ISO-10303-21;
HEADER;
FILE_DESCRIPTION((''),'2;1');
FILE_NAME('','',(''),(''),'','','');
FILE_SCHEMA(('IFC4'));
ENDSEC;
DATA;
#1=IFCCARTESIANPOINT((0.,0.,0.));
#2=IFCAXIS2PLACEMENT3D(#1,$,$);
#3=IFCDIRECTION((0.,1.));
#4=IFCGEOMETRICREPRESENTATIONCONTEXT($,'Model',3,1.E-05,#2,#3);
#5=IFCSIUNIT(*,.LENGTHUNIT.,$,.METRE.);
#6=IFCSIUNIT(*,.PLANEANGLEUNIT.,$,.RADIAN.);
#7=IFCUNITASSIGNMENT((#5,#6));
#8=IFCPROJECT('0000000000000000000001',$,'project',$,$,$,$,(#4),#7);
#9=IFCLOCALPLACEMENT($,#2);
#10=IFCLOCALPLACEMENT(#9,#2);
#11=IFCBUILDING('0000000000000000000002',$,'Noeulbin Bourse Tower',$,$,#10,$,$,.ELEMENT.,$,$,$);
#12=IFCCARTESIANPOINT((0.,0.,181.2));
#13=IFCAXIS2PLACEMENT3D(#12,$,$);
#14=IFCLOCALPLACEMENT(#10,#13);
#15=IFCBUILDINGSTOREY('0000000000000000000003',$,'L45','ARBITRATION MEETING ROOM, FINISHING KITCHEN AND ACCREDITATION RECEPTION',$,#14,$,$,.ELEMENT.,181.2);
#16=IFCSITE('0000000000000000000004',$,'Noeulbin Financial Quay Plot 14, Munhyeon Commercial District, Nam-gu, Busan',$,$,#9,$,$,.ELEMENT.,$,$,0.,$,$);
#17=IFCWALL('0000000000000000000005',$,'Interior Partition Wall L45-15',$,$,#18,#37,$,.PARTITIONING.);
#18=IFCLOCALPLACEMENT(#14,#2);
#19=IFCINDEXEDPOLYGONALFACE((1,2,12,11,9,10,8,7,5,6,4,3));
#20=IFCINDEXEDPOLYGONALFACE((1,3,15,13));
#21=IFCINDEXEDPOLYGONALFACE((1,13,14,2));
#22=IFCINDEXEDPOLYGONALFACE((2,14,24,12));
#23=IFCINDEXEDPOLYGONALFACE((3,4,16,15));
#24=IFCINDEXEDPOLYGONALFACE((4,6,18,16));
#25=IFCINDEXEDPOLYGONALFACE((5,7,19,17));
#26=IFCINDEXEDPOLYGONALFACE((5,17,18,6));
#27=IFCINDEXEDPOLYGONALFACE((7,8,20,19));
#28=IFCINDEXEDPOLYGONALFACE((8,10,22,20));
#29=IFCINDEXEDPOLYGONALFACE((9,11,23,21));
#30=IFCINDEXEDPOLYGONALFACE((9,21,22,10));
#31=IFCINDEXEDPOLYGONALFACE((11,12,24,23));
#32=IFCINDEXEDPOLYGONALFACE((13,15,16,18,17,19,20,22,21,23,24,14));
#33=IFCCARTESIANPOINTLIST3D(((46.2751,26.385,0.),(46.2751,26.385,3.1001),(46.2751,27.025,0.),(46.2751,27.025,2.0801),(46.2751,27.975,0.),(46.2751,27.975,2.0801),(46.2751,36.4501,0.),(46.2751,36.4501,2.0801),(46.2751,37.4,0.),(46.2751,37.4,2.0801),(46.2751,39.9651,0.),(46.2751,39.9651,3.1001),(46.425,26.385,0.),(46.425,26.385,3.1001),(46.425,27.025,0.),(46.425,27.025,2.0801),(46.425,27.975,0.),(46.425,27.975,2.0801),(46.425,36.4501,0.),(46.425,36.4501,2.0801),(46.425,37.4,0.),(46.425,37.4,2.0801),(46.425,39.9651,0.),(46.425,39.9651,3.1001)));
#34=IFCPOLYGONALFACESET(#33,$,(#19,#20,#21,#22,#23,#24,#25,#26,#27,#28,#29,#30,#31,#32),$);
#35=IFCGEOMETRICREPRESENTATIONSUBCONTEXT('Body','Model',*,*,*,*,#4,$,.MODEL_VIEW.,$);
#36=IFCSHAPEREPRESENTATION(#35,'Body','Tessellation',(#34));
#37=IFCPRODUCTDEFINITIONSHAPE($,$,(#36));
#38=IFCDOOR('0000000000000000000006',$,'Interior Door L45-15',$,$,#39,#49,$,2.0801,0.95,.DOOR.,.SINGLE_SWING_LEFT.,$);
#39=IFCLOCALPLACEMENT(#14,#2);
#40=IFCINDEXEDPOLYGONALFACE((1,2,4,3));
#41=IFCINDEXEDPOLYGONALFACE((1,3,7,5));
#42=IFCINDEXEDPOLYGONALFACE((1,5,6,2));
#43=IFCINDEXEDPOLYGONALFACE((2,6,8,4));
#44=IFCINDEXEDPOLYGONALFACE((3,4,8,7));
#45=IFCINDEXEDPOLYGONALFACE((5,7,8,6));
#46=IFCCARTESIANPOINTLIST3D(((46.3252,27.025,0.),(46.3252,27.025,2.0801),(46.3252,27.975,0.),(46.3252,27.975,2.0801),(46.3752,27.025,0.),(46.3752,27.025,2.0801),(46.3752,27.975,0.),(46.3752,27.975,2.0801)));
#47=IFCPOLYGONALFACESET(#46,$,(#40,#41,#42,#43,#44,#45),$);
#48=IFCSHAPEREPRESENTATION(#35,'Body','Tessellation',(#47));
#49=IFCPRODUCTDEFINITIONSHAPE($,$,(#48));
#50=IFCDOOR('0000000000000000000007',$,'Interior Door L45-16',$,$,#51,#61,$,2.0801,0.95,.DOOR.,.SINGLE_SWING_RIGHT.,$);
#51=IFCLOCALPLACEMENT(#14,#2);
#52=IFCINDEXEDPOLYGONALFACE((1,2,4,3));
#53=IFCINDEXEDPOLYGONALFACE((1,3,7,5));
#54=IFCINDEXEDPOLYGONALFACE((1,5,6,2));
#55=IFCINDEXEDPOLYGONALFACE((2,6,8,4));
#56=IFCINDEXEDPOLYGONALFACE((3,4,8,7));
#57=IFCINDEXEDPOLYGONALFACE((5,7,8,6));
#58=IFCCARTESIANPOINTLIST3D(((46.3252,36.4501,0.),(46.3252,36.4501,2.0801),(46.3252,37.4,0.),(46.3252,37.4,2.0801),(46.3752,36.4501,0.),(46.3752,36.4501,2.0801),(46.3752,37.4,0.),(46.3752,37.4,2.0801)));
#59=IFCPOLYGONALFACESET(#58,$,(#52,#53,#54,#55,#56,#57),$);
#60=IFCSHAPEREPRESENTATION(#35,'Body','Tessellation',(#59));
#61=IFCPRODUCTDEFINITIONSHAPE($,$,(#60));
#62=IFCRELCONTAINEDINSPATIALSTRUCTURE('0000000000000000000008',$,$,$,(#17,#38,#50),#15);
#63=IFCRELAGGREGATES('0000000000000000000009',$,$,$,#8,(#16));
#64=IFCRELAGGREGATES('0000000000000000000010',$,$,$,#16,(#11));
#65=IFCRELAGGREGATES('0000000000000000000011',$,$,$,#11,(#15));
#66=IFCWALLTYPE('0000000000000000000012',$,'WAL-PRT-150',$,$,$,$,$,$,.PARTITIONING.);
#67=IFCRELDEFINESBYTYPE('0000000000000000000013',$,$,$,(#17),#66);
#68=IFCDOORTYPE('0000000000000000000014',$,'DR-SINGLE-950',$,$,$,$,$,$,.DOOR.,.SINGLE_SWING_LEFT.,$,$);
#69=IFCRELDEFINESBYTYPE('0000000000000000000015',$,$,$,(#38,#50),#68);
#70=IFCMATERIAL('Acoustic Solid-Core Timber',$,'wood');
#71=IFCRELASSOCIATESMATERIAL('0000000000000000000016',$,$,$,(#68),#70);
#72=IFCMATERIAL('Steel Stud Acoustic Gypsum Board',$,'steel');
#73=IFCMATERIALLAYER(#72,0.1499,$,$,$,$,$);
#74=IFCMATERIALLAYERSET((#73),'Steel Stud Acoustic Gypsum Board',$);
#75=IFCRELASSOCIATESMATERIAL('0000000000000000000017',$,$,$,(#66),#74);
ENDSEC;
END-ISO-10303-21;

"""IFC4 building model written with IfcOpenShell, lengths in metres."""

from ifc_helpers import new_model, si_unit, direction, frame, frame_2d, origin, place, context, subcontext, project, spatial, rectangle, extrude, material, layer, layer_set, type_object, element, fill, save


model = new_model("IFC4")

# Units and contexts
model_context = context("Model", 3, precision=1e-05, world=origin(), true_north=direction((0.0, 1.0)))
body_context = subcontext(model_context, "Body", "Model", "MODEL_VIEW")
ifc_project = project(units=[si_unit("LENGTHUNIT", "METRE"), si_unit("PLANEANGLEUNIT", "RADIAN")], contexts=[model_context])

# Site, building, storey
site_placement = place(None, origin())
site = spatial("IfcSite", under=ifc_project, at=site_placement, Name="Noeulbin Financial Quay Plot 14, Munhyeon Commercial District, Nam-gu, Busan", CompositionType="ELEMENT", RefElevation=0.0)
building_placement = place(site_placement, origin())
building = spatial("IfcBuilding", under=site, at=building_placement, Name="Noeulbin Bourse Tower", CompositionType="ELEMENT")
storey_placement = place(building_placement, frame((0.0, 0.0, 181.2)))
storey = spatial("IfcBuildingStorey", under=building, at=storey_placement, Name="L45", Description="ARBITRATION MEETING ROOM, FINISHING KITCHEN AND ACCREDITATION RECEPTION", CompositionType="ELEMENT", Elevation=181.2)

# Shared definitions
ifc_material_1 = material(Name="Acoustic Solid-Core Timber", Category="wood")
door_type = type_object("IfcDoorType", Name="DR-SINGLE-950", OperationType="SINGLE_SWING_LEFT", PredefinedType="DOOR", material=ifc_material_1)

# Wall, openings, doors
ifc_material_2 = material(Name="Steel Stud Acoustic Gypsum Board", Category="steel")
ifc_layer_1 = layer(ifc_material_2, 0.1499)
ifc_layer_set_1 = layer_set([ifc_layer_1], Name="Steel Stud Acoustic Gypsum Board")
wall_type_1 = type_object("IfcWallType", Name="WAL-PRT-150", PredefinedType="PARTITIONING", material=ifc_layer_set_1)
wall_1_placement = place(storey_placement, frame((46.3501, 26.385, 0.0), z_axis=(0.0, 0.0, 1.0), x_axis=(0.0, 1.0, 0.0)))
wall_1 = element("IfcWall", 1, at=wall_1_placement, inside=storey, type_object=wall_type_1, Name="Interior Partition Wall L45-15", PredefinedType="PARTITIONING", context=body_context, shape_type="SweptSolid", body=[
    extrude(rectangle(XDim=13.5801, YDim=0.1499, at=frame_2d((6.79, 0.0))), origin(), (0.0, 0.0, 1.0), 3.1001),
])
opening_1_placement = place(wall_1_placement, frame((0.6399, 0.0, 0.0)))
opening_1 = element("IfcOpeningElement", 2, at=opening_1_placement, cuts=wall_1, PredefinedType="OPENING", context=body_context, shape_type="SweptSolid", body=[
    extrude(rectangle(XDim=0.95, YDim=2.0801, at=frame_2d((0.4751, 1.04))), frame((0.0, 0.085, 0.0), z_axis=(0.0, -1.0, 0.0), x_axis=(1.0, 0.0, 0.0)), (0.0, 0.0, 1.0), 0.1699),
])
opening_2_placement = place(wall_1_placement, frame((10.0649, 0.0, 0.0)))
opening_2 = element("IfcOpeningElement", 3, at=opening_2_placement, cuts=wall_1, PredefinedType="OPENING", context=body_context, shape_type="SweptSolid", body=[
    extrude(rectangle(XDim=0.95, YDim=2.0801, at=frame_2d((0.4751, 1.04))), frame((0.0, 0.085, 0.0), z_axis=(0.0, -1.0, 0.0), x_axis=(1.0, 0.0, 0.0)), (0.0, 0.0, 1.0), 0.1699),
])
door_1_placement = place(opening_1_placement, origin())
door_1 = element("IfcDoor", 4, at=door_1_placement, inside=storey, type_object=door_type, Name="Interior Door L45-15", OperationType="SINGLE_SWING_LEFT", OverallHeight=2.0801, OverallWidth=0.95, PredefinedType="DOOR", context=body_context, shape_type="SweptSolid", body=[
    extrude(rectangle(XDim=0.95, YDim=2.0801, at=frame_2d((0.4751, 1.04))), frame((0.0, 0.0249, 0.0), z_axis=(0.0, -1.0, 0.0), x_axis=(1.0, 0.0, 0.0)), (0.0, 0.0, 1.0), 0.05),
])
fill(opening_1, door_1)
door_2_placement = place(opening_2_placement, origin())
door_2 = element("IfcDoor", 5, at=door_2_placement, inside=storey, type_object=door_type, Name="Interior Door L45-16", OperationType="SINGLE_SWING_RIGHT", OverallHeight=2.0801, OverallWidth=0.95, PredefinedType="DOOR", context=body_context, shape_type="SweptSolid", body=[
    extrude(rectangle(XDim=0.95, YDim=2.0801, at=frame_2d((0.4751, 1.04))), frame((0.0, 0.0249, 0.0), z_axis=(0.0, -1.0, 0.0), x_axis=(1.0, 0.0, 0.0)), (0.0, 0.0, 1.0), 0.05),
])
fill(opening_2, door_2)

save(model, "model.ifc")
